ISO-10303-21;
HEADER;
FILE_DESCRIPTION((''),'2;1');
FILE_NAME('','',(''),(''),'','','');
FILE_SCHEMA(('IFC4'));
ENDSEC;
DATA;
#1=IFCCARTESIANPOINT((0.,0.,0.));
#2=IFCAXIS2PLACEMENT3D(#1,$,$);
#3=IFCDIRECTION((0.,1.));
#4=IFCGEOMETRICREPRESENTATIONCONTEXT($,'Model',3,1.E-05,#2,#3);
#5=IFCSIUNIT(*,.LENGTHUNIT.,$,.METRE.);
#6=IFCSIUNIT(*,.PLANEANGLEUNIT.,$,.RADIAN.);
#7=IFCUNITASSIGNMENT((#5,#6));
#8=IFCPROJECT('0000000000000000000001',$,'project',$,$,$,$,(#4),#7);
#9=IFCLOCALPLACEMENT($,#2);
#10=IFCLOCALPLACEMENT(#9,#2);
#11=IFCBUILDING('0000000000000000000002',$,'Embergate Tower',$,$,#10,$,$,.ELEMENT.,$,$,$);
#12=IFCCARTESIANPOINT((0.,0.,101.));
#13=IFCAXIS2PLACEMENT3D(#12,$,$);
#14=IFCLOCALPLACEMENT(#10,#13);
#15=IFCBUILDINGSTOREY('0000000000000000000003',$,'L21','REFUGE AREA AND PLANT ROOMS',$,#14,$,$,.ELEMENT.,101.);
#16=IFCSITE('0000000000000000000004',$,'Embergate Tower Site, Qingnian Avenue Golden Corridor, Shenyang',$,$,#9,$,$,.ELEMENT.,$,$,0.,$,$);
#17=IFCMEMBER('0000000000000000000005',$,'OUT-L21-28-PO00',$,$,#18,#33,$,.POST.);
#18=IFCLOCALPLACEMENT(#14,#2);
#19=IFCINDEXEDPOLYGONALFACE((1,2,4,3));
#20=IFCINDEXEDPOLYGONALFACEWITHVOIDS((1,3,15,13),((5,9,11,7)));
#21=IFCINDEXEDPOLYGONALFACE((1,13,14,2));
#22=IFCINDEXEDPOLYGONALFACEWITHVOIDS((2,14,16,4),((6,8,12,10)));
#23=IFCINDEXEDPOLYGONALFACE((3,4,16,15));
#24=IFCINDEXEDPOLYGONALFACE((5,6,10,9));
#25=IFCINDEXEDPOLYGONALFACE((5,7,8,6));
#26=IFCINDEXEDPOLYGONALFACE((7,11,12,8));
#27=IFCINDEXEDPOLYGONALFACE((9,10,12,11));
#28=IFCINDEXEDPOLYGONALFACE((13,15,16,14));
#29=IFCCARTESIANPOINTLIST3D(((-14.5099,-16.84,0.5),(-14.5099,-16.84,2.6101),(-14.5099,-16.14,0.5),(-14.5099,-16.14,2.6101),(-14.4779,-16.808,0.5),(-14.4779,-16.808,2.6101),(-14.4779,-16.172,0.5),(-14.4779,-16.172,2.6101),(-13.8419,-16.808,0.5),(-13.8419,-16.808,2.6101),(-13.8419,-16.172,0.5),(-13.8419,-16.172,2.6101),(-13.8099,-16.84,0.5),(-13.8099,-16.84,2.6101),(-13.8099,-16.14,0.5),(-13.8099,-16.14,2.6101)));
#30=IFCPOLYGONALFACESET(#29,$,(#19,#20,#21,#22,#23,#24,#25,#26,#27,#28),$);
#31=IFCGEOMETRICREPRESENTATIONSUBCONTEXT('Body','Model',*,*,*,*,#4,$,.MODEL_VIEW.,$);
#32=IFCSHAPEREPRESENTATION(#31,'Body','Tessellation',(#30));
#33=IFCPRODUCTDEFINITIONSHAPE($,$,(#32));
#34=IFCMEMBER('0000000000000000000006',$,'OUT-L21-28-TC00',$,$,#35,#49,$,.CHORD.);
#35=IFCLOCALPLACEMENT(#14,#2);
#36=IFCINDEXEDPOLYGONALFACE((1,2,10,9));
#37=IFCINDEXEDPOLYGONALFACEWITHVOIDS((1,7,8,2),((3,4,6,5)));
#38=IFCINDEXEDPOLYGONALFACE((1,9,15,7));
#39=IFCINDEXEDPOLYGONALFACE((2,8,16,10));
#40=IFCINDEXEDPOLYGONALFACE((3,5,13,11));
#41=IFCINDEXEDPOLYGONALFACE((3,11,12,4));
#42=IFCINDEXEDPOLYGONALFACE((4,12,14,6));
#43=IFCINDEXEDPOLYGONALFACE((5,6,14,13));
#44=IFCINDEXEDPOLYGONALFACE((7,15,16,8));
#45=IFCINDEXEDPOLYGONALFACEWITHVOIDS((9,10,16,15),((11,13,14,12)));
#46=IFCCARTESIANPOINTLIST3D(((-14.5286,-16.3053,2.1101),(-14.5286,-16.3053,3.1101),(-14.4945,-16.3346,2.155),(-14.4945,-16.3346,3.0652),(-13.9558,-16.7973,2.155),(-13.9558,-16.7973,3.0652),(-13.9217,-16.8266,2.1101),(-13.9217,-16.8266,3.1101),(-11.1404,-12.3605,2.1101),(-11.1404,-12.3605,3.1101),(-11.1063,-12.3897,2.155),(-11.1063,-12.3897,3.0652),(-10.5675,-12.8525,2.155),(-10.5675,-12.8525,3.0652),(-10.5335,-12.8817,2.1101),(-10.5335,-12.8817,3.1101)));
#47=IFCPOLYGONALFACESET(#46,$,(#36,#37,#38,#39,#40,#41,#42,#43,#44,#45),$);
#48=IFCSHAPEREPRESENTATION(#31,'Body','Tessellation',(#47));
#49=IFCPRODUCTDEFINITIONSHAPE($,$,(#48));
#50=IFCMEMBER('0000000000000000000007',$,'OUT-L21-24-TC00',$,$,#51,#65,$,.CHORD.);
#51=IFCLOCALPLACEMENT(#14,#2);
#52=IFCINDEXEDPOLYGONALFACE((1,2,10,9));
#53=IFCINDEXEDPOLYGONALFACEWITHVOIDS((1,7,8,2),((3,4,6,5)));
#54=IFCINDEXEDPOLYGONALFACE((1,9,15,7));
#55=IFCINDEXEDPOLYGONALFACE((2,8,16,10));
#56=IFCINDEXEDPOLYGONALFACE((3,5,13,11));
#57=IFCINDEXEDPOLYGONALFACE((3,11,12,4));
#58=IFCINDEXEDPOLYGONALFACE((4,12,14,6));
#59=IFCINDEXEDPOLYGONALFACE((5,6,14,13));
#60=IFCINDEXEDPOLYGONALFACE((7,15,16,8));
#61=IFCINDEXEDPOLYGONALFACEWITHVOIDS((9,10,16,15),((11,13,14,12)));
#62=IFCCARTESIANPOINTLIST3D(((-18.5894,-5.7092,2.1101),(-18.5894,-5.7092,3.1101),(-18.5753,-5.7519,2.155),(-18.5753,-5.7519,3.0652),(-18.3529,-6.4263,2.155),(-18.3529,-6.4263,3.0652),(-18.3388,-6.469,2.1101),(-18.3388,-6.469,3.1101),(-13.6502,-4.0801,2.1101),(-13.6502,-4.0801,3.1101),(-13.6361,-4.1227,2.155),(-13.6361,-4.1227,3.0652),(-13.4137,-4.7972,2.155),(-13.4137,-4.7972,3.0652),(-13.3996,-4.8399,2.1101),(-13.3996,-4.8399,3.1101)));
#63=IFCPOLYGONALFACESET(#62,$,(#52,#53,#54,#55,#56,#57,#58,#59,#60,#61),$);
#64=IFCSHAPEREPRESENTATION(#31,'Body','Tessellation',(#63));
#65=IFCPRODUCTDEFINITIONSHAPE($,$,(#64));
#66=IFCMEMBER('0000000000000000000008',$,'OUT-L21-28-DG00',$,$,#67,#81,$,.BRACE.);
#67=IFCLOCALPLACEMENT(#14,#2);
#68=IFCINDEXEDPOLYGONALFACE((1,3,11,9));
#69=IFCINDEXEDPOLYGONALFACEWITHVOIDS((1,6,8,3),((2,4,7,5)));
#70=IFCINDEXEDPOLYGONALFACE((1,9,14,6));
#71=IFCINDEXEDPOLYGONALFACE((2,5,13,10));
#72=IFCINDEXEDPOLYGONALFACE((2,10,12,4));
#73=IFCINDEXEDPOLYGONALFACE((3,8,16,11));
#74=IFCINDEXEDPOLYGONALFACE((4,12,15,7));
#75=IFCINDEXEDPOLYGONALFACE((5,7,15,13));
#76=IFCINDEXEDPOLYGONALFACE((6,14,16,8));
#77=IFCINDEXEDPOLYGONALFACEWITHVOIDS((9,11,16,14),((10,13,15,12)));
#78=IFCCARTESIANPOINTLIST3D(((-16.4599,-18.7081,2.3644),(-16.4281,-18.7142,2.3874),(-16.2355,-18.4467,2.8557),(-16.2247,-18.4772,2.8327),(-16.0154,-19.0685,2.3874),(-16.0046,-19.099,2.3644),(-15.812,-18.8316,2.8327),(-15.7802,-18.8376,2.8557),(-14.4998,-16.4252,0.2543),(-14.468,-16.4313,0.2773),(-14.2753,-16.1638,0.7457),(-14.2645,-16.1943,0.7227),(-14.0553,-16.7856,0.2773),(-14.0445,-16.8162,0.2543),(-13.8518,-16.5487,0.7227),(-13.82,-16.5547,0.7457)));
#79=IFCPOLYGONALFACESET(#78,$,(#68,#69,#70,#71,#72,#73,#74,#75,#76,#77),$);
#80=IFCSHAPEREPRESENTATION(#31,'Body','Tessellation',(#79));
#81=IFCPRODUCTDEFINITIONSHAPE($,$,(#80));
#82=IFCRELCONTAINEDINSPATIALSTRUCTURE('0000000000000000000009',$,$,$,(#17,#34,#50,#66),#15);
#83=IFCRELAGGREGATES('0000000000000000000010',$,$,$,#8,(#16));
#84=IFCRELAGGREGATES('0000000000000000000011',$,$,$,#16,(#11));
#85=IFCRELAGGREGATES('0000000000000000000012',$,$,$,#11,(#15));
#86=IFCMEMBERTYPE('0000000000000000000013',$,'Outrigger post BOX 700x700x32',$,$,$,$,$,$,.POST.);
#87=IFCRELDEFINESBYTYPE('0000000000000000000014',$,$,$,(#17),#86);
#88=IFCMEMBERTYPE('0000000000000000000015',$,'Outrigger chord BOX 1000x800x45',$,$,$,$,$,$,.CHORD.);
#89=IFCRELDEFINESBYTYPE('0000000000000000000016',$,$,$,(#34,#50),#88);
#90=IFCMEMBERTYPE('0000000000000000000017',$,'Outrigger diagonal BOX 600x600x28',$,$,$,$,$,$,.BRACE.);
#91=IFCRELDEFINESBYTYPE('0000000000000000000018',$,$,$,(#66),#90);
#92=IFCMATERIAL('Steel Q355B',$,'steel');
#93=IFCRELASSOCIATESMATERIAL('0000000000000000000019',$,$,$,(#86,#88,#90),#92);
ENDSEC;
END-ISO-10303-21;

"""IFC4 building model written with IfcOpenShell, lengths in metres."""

from ifc_helpers import new_model, si_unit, direction, frame, origin, origin_2d, place, context, subcontext, project, spatial, hollow_rectangle, extrude, source, transform, mapped, material, material_profile, profile_set, type_object, element, save


model = new_model("IFC4")

# Units and contexts
model_context = context("Model", 3, precision=1e-05, world=origin(), true_north=direction((0.0, 1.0)))
body_context = subcontext(model_context, "Body", "Model", "MODEL_VIEW")
ifc_project = project(units=[si_unit("LENGTHUNIT", "METRE"), si_unit("PLANEANGLEUNIT", "RADIAN")], contexts=[model_context])

# Site, building, storey
site_placement = place(None, origin())
site = spatial("IfcSite", under=ifc_project, at=site_placement, Name="Embergate Tower Site, Qingnian Avenue Golden Corridor, Shenyang", CompositionType="ELEMENT", RefElevation=0.0)
building_placement = place(site_placement, origin())
building = spatial("IfcBuilding", under=site, at=building_placement, Name="Embergate Tower", CompositionType="ELEMENT")
storey_placement = place(building_placement, frame((0.0, 0.0, 101.0)))
storey = spatial("IfcBuildingStorey", under=building, at=storey_placement, Name="L21", Description="REFUGE AREA AND PLANT ROOMS", CompositionType="ELEMENT", Elevation=101.0)

# Members
ifc_material_1 = material(Name="Steel Q355B", Category="steel")
ifc_material_profile_1 = material_profile(ifc_material_1, hollow_rectangle(XDim=0.7, YDim=0.7, WallThickness=0.032, at=origin_2d()), Name="BOX 700x700x32")
ifc_profile_set_1 = profile_set([ifc_material_profile_1], Name="Steel Q355 grade B")
member_type_1 = type_object("IfcMemberType", Name="Outrigger post BOX 700x700x32", PredefinedType="POST", material=ifc_profile_set_1)
shared_shape_1 = source(origin(), body_context, "Body", "SweptSolid", [
    extrude(hollow_rectangle(XDim=0.7, YDim=0.7, WallThickness=0.032, at=origin_2d()), origin(), (0.0, 0.0, 1.0), 2.1101),
])
member_1_placement = place(storey_placement, frame((-14.1599, -16.49, 0.5), z_axis=(0.0, 0.0, 1.0), x_axis=(1.0, 0.0, 0.0)))
element("IfcMember", 1, at=member_1_placement, inside=storey, type_object=member_type_1, Name="OUT-L21-28-PO00", PredefinedType="POST", context=body_context, shape_type="MappedRepresentation", body=[
    mapped(shared_shape_1, transform((0.0, 0.0, 0.0))),
])
ifc_material_profile_2 = material_profile(ifc_material_1, hollow_rectangle(XDim=0.8, YDim=1.0, WallThickness=0.0449, at=origin_2d()), Name="BOX 1000x800x45")
ifc_profile_set_2 = profile_set([ifc_material_profile_2], Name="Steel Q355 grade B")
member_type_2 = type_object("IfcMemberType", Name="Outrigger chord BOX 1000x800x45", PredefinedType="CHORD", material=ifc_profile_set_2)
shared_shape_2 = source(origin(), body_context, "Body", "SweptSolid", [
    extrude(hollow_rectangle(XDim=0.8, YDim=1.0, WallThickness=0.0449, at=origin_2d()), origin(), (0.0, 0.0, 1.0), 5.2002),
])
member_2_placement = place(storey_placement, frame((-10.8369, -12.6211, 2.6101), z_axis=(-0.651557, -0.7586, 0.0), x_axis=(0.7586, -0.651557, 0.0)))
element("IfcMember", 2, at=member_2_placement, inside=storey, type_object=member_type_2, Name="OUT-L21-28-TC00", PredefinedType="CHORD", context=body_context, shape_type="MappedRepresentation", body=[
    mapped(shared_shape_2, transform((0.0, 0.0, 0.0))),
])
shared_shape_3 = source(origin(), body_context, "Body", "SweptSolid", [
    extrude(hollow_rectangle(XDim=0.8, YDim=1.0, WallThickness=0.0449, at=origin_2d()), origin(), (0.0, 0.0, 1.0), 5.2009),
])
member_3_placement = place(storey_placement, frame((-13.5249, -4.46, 2.6101), z_axis=(-0.949674, -0.313241, 0.0), x_axis=(0.313241, -0.949674, 0.0)))
element("IfcMember", 3, at=member_3_placement, inside=storey, type_object=member_type_2, Name="OUT-L21-24-TC00", PredefinedType="CHORD", context=body_context, shape_type="MappedRepresentation", body=[
    mapped(shared_shape_3, transform((0.0, 0.0, 0.0))),
])
ifc_material_profile_3 = material_profile(ifc_material_1, hollow_rectangle(XDim=0.6001, YDim=0.6001, WallThickness=0.0281, at=origin_2d()), Name="BOX 600x600x28")
ifc_profile_set_3 = profile_set([ifc_material_profile_3], Name="Steel Q355 grade B")
member_type_3 = type_object("IfcMemberType", Name="Outrigger diagonal BOX 600x600x28", PredefinedType="BRACE", material=ifc_profile_set_3)
shared_shape_4 = source(origin(), body_context, "Body", "SweptSolid", [
    extrude(hollow_rectangle(XDim=0.6001, YDim=0.6001, WallThickness=0.0281, at=origin_2d()), origin(), (0.0, 0.0, 1.0), 3.675),
])
member_4_placement = place(storey_placement, frame((-14.1599, -16.49, 0.5), z_axis=(-0.533365, -0.621185, 0.574153), x_axis=(0.758701, -0.651439, 0.0)))
element("IfcMember", 4, at=member_4_placement, inside=storey, type_object=member_type_3, Name="OUT-L21-28-DG00", PredefinedType="BRACE", context=body_context, shape_type="MappedRepresentation", body=[
    mapped(shared_shape_4, transform((0.0, 0.0, 0.0))),
])

save(model, "model.ifc")
